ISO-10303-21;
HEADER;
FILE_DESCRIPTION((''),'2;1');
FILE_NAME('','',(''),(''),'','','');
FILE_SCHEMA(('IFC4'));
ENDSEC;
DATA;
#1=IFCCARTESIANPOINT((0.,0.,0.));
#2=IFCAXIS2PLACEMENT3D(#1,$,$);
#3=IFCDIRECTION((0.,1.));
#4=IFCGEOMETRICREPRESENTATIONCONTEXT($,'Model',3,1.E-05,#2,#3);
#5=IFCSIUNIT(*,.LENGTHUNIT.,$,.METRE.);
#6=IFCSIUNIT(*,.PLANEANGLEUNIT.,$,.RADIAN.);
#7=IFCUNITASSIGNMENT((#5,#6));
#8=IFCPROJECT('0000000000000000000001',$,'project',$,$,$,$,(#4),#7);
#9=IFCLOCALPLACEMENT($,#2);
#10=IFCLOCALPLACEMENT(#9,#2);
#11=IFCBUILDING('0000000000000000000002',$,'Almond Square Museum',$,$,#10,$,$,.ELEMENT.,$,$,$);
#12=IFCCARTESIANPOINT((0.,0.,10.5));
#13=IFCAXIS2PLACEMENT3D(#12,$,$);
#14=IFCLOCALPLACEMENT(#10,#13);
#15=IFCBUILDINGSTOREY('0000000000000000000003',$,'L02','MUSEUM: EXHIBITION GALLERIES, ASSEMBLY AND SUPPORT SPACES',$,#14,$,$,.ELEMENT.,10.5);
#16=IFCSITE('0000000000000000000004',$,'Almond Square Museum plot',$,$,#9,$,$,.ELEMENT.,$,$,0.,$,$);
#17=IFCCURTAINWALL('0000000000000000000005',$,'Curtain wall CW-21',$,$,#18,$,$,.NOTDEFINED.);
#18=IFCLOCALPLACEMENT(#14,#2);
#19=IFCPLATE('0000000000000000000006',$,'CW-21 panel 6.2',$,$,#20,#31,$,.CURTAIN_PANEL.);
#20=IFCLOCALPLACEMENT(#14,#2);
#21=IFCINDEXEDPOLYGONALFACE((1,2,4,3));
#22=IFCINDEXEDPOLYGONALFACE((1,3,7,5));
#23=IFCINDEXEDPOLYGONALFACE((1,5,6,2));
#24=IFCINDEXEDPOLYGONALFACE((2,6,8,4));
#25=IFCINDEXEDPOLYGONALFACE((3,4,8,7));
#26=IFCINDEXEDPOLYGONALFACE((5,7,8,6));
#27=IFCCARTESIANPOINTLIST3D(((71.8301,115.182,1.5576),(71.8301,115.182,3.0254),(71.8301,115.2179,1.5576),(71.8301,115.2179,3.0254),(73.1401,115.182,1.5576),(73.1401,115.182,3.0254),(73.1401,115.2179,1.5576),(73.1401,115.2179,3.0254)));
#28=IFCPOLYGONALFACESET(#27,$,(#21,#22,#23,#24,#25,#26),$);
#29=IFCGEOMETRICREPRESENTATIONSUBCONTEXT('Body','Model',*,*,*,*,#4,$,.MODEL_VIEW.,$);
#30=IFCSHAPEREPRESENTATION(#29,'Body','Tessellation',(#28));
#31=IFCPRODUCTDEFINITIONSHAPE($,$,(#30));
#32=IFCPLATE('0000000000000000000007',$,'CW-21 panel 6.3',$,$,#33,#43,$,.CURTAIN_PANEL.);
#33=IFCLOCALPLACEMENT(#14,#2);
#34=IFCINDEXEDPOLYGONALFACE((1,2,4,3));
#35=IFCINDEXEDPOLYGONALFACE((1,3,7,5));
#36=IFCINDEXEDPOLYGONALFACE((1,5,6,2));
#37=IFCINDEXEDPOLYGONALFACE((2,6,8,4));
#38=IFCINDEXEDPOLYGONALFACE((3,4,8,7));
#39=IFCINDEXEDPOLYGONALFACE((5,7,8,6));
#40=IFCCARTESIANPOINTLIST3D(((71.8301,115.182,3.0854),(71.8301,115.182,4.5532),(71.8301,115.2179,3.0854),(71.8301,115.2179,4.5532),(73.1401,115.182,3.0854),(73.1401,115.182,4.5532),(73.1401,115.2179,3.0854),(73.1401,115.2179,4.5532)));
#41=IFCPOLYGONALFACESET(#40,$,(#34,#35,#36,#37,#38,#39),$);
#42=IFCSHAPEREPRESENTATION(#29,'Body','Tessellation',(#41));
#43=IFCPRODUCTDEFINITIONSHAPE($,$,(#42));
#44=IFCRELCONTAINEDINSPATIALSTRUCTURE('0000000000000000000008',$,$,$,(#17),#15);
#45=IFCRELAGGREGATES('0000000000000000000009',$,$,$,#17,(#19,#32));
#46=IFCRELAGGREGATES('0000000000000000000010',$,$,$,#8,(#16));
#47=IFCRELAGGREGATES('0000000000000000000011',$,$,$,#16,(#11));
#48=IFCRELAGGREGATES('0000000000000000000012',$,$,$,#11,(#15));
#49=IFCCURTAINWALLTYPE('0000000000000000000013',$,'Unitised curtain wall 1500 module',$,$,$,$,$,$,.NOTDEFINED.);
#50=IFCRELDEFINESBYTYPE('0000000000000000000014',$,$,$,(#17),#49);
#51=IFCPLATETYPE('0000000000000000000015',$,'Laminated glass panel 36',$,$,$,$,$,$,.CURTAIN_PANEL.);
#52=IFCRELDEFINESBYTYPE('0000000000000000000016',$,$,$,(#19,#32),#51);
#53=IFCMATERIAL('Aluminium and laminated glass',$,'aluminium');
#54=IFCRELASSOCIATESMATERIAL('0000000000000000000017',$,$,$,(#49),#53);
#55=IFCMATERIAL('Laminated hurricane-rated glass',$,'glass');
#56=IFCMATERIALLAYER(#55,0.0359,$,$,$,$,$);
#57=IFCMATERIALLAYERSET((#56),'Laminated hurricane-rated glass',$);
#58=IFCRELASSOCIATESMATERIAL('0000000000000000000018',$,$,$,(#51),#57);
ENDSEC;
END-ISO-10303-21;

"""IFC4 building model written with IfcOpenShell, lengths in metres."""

from ifc_helpers import new_model, si_unit, direction, frame, origin, origin_2d, place, context, subcontext, project, spatial, rectangle, extrude, material, layer, layer_set, type_object, element, aggregate, save


model = new_model("IFC4")

# Units and contexts
model_context = context("Model", 3, precision=1e-05, world=origin(), true_north=direction((0.0, 1.0)))
body_context = subcontext(model_context, "Body", "Model", "MODEL_VIEW")
ifc_project = project(units=[si_unit("LENGTHUNIT", "METRE"), si_unit("PLANEANGLEUNIT", "RADIAN")], contexts=[model_context])

# Site, building, storey
site_placement = place(None, origin())
site = spatial("IfcSite", under=ifc_project, at=site_placement, Name="Almond Square Museum plot", CompositionType="ELEMENT", RefElevation=0.0)
building_placement = place(site_placement, origin())
building = spatial("IfcBuilding", under=site, at=building_placement, Name="Almond Square Museum", CompositionType="ELEMENT")
storey_placement = place(building_placement, frame((0.0, 0.0, 10.5)))
storey = spatial("IfcBuildingStorey", under=building, at=storey_placement, Name="L02", Description="MUSEUM: EXHIBITION GALLERIES, ASSEMBLY AND SUPPORT SPACES", CompositionType="ELEMENT", Elevation=10.5)

# Curtain wall, plates
ifc_material_1 = material(Name="Aluminium and laminated glass", Category="aluminium")
curtain_wall_type = type_object("IfcCurtainWallType", Name="Unitised curtain wall 1500 module", PredefinedType="NOTDEFINED", material=ifc_material_1)
curtain_wall_placement = place(storey_placement, origin())
curtain_wall = element("IfcCurtainWall", 1, at=curtain_wall_placement, inside=storey, type_object=curtain_wall_type, Name="Curtain wall CW-21", PredefinedType="NOTDEFINED")
ifc_material_2 = material(Name="Laminated hurricane-rated glass", Category="glass")
ifc_layer = layer(ifc_material_2, 0.0359)
ifc_layer_set = layer_set([ifc_layer], Name="Laminated hurricane-rated glass")
plate_type = type_object("IfcPlateType", Name="Laminated glass panel 36", PredefinedType="CURTAIN_PANEL", material=ifc_layer_set)
plate_1_placement = place(storey_placement, frame((72.4851, 115.2, 1.5576), z_axis=(0.0, 0.0, 1.0), x_axis=(1.0, 0.0, 0.0)))
plate_1 = element("IfcPlate", 2, at=plate_1_placement, type_object=plate_type, Name="CW-21 panel 6.2", PredefinedType="CURTAIN_PANEL", context=body_context, shape_type="SweptSolid", body=[
    extrude(rectangle(XDim=1.3101, YDim=0.0359, at=origin_2d()), origin(), (0.0, 0.0, 1.0), 1.4678),
])
plate_2_placement = place(storey_placement, frame((72.4851, 115.2, 3.0854), z_axis=(0.0, 0.0, 1.0), x_axis=(1.0, 0.0, 0.0)))
plate_2 = element("IfcPlate", 3, at=plate_2_placement, type_object=plate_type, Name="CW-21 panel 6.3", PredefinedType="CURTAIN_PANEL", context=body_context, shape_type="SweptSolid", body=[
    extrude(rectangle(XDim=1.3101, YDim=0.0359, at=origin_2d()), origin(), (0.0, 0.0, 1.0), 1.4678),
])
aggregate(curtain_wall, [plate_1, plate_2])

save(model, "model.ifc")
